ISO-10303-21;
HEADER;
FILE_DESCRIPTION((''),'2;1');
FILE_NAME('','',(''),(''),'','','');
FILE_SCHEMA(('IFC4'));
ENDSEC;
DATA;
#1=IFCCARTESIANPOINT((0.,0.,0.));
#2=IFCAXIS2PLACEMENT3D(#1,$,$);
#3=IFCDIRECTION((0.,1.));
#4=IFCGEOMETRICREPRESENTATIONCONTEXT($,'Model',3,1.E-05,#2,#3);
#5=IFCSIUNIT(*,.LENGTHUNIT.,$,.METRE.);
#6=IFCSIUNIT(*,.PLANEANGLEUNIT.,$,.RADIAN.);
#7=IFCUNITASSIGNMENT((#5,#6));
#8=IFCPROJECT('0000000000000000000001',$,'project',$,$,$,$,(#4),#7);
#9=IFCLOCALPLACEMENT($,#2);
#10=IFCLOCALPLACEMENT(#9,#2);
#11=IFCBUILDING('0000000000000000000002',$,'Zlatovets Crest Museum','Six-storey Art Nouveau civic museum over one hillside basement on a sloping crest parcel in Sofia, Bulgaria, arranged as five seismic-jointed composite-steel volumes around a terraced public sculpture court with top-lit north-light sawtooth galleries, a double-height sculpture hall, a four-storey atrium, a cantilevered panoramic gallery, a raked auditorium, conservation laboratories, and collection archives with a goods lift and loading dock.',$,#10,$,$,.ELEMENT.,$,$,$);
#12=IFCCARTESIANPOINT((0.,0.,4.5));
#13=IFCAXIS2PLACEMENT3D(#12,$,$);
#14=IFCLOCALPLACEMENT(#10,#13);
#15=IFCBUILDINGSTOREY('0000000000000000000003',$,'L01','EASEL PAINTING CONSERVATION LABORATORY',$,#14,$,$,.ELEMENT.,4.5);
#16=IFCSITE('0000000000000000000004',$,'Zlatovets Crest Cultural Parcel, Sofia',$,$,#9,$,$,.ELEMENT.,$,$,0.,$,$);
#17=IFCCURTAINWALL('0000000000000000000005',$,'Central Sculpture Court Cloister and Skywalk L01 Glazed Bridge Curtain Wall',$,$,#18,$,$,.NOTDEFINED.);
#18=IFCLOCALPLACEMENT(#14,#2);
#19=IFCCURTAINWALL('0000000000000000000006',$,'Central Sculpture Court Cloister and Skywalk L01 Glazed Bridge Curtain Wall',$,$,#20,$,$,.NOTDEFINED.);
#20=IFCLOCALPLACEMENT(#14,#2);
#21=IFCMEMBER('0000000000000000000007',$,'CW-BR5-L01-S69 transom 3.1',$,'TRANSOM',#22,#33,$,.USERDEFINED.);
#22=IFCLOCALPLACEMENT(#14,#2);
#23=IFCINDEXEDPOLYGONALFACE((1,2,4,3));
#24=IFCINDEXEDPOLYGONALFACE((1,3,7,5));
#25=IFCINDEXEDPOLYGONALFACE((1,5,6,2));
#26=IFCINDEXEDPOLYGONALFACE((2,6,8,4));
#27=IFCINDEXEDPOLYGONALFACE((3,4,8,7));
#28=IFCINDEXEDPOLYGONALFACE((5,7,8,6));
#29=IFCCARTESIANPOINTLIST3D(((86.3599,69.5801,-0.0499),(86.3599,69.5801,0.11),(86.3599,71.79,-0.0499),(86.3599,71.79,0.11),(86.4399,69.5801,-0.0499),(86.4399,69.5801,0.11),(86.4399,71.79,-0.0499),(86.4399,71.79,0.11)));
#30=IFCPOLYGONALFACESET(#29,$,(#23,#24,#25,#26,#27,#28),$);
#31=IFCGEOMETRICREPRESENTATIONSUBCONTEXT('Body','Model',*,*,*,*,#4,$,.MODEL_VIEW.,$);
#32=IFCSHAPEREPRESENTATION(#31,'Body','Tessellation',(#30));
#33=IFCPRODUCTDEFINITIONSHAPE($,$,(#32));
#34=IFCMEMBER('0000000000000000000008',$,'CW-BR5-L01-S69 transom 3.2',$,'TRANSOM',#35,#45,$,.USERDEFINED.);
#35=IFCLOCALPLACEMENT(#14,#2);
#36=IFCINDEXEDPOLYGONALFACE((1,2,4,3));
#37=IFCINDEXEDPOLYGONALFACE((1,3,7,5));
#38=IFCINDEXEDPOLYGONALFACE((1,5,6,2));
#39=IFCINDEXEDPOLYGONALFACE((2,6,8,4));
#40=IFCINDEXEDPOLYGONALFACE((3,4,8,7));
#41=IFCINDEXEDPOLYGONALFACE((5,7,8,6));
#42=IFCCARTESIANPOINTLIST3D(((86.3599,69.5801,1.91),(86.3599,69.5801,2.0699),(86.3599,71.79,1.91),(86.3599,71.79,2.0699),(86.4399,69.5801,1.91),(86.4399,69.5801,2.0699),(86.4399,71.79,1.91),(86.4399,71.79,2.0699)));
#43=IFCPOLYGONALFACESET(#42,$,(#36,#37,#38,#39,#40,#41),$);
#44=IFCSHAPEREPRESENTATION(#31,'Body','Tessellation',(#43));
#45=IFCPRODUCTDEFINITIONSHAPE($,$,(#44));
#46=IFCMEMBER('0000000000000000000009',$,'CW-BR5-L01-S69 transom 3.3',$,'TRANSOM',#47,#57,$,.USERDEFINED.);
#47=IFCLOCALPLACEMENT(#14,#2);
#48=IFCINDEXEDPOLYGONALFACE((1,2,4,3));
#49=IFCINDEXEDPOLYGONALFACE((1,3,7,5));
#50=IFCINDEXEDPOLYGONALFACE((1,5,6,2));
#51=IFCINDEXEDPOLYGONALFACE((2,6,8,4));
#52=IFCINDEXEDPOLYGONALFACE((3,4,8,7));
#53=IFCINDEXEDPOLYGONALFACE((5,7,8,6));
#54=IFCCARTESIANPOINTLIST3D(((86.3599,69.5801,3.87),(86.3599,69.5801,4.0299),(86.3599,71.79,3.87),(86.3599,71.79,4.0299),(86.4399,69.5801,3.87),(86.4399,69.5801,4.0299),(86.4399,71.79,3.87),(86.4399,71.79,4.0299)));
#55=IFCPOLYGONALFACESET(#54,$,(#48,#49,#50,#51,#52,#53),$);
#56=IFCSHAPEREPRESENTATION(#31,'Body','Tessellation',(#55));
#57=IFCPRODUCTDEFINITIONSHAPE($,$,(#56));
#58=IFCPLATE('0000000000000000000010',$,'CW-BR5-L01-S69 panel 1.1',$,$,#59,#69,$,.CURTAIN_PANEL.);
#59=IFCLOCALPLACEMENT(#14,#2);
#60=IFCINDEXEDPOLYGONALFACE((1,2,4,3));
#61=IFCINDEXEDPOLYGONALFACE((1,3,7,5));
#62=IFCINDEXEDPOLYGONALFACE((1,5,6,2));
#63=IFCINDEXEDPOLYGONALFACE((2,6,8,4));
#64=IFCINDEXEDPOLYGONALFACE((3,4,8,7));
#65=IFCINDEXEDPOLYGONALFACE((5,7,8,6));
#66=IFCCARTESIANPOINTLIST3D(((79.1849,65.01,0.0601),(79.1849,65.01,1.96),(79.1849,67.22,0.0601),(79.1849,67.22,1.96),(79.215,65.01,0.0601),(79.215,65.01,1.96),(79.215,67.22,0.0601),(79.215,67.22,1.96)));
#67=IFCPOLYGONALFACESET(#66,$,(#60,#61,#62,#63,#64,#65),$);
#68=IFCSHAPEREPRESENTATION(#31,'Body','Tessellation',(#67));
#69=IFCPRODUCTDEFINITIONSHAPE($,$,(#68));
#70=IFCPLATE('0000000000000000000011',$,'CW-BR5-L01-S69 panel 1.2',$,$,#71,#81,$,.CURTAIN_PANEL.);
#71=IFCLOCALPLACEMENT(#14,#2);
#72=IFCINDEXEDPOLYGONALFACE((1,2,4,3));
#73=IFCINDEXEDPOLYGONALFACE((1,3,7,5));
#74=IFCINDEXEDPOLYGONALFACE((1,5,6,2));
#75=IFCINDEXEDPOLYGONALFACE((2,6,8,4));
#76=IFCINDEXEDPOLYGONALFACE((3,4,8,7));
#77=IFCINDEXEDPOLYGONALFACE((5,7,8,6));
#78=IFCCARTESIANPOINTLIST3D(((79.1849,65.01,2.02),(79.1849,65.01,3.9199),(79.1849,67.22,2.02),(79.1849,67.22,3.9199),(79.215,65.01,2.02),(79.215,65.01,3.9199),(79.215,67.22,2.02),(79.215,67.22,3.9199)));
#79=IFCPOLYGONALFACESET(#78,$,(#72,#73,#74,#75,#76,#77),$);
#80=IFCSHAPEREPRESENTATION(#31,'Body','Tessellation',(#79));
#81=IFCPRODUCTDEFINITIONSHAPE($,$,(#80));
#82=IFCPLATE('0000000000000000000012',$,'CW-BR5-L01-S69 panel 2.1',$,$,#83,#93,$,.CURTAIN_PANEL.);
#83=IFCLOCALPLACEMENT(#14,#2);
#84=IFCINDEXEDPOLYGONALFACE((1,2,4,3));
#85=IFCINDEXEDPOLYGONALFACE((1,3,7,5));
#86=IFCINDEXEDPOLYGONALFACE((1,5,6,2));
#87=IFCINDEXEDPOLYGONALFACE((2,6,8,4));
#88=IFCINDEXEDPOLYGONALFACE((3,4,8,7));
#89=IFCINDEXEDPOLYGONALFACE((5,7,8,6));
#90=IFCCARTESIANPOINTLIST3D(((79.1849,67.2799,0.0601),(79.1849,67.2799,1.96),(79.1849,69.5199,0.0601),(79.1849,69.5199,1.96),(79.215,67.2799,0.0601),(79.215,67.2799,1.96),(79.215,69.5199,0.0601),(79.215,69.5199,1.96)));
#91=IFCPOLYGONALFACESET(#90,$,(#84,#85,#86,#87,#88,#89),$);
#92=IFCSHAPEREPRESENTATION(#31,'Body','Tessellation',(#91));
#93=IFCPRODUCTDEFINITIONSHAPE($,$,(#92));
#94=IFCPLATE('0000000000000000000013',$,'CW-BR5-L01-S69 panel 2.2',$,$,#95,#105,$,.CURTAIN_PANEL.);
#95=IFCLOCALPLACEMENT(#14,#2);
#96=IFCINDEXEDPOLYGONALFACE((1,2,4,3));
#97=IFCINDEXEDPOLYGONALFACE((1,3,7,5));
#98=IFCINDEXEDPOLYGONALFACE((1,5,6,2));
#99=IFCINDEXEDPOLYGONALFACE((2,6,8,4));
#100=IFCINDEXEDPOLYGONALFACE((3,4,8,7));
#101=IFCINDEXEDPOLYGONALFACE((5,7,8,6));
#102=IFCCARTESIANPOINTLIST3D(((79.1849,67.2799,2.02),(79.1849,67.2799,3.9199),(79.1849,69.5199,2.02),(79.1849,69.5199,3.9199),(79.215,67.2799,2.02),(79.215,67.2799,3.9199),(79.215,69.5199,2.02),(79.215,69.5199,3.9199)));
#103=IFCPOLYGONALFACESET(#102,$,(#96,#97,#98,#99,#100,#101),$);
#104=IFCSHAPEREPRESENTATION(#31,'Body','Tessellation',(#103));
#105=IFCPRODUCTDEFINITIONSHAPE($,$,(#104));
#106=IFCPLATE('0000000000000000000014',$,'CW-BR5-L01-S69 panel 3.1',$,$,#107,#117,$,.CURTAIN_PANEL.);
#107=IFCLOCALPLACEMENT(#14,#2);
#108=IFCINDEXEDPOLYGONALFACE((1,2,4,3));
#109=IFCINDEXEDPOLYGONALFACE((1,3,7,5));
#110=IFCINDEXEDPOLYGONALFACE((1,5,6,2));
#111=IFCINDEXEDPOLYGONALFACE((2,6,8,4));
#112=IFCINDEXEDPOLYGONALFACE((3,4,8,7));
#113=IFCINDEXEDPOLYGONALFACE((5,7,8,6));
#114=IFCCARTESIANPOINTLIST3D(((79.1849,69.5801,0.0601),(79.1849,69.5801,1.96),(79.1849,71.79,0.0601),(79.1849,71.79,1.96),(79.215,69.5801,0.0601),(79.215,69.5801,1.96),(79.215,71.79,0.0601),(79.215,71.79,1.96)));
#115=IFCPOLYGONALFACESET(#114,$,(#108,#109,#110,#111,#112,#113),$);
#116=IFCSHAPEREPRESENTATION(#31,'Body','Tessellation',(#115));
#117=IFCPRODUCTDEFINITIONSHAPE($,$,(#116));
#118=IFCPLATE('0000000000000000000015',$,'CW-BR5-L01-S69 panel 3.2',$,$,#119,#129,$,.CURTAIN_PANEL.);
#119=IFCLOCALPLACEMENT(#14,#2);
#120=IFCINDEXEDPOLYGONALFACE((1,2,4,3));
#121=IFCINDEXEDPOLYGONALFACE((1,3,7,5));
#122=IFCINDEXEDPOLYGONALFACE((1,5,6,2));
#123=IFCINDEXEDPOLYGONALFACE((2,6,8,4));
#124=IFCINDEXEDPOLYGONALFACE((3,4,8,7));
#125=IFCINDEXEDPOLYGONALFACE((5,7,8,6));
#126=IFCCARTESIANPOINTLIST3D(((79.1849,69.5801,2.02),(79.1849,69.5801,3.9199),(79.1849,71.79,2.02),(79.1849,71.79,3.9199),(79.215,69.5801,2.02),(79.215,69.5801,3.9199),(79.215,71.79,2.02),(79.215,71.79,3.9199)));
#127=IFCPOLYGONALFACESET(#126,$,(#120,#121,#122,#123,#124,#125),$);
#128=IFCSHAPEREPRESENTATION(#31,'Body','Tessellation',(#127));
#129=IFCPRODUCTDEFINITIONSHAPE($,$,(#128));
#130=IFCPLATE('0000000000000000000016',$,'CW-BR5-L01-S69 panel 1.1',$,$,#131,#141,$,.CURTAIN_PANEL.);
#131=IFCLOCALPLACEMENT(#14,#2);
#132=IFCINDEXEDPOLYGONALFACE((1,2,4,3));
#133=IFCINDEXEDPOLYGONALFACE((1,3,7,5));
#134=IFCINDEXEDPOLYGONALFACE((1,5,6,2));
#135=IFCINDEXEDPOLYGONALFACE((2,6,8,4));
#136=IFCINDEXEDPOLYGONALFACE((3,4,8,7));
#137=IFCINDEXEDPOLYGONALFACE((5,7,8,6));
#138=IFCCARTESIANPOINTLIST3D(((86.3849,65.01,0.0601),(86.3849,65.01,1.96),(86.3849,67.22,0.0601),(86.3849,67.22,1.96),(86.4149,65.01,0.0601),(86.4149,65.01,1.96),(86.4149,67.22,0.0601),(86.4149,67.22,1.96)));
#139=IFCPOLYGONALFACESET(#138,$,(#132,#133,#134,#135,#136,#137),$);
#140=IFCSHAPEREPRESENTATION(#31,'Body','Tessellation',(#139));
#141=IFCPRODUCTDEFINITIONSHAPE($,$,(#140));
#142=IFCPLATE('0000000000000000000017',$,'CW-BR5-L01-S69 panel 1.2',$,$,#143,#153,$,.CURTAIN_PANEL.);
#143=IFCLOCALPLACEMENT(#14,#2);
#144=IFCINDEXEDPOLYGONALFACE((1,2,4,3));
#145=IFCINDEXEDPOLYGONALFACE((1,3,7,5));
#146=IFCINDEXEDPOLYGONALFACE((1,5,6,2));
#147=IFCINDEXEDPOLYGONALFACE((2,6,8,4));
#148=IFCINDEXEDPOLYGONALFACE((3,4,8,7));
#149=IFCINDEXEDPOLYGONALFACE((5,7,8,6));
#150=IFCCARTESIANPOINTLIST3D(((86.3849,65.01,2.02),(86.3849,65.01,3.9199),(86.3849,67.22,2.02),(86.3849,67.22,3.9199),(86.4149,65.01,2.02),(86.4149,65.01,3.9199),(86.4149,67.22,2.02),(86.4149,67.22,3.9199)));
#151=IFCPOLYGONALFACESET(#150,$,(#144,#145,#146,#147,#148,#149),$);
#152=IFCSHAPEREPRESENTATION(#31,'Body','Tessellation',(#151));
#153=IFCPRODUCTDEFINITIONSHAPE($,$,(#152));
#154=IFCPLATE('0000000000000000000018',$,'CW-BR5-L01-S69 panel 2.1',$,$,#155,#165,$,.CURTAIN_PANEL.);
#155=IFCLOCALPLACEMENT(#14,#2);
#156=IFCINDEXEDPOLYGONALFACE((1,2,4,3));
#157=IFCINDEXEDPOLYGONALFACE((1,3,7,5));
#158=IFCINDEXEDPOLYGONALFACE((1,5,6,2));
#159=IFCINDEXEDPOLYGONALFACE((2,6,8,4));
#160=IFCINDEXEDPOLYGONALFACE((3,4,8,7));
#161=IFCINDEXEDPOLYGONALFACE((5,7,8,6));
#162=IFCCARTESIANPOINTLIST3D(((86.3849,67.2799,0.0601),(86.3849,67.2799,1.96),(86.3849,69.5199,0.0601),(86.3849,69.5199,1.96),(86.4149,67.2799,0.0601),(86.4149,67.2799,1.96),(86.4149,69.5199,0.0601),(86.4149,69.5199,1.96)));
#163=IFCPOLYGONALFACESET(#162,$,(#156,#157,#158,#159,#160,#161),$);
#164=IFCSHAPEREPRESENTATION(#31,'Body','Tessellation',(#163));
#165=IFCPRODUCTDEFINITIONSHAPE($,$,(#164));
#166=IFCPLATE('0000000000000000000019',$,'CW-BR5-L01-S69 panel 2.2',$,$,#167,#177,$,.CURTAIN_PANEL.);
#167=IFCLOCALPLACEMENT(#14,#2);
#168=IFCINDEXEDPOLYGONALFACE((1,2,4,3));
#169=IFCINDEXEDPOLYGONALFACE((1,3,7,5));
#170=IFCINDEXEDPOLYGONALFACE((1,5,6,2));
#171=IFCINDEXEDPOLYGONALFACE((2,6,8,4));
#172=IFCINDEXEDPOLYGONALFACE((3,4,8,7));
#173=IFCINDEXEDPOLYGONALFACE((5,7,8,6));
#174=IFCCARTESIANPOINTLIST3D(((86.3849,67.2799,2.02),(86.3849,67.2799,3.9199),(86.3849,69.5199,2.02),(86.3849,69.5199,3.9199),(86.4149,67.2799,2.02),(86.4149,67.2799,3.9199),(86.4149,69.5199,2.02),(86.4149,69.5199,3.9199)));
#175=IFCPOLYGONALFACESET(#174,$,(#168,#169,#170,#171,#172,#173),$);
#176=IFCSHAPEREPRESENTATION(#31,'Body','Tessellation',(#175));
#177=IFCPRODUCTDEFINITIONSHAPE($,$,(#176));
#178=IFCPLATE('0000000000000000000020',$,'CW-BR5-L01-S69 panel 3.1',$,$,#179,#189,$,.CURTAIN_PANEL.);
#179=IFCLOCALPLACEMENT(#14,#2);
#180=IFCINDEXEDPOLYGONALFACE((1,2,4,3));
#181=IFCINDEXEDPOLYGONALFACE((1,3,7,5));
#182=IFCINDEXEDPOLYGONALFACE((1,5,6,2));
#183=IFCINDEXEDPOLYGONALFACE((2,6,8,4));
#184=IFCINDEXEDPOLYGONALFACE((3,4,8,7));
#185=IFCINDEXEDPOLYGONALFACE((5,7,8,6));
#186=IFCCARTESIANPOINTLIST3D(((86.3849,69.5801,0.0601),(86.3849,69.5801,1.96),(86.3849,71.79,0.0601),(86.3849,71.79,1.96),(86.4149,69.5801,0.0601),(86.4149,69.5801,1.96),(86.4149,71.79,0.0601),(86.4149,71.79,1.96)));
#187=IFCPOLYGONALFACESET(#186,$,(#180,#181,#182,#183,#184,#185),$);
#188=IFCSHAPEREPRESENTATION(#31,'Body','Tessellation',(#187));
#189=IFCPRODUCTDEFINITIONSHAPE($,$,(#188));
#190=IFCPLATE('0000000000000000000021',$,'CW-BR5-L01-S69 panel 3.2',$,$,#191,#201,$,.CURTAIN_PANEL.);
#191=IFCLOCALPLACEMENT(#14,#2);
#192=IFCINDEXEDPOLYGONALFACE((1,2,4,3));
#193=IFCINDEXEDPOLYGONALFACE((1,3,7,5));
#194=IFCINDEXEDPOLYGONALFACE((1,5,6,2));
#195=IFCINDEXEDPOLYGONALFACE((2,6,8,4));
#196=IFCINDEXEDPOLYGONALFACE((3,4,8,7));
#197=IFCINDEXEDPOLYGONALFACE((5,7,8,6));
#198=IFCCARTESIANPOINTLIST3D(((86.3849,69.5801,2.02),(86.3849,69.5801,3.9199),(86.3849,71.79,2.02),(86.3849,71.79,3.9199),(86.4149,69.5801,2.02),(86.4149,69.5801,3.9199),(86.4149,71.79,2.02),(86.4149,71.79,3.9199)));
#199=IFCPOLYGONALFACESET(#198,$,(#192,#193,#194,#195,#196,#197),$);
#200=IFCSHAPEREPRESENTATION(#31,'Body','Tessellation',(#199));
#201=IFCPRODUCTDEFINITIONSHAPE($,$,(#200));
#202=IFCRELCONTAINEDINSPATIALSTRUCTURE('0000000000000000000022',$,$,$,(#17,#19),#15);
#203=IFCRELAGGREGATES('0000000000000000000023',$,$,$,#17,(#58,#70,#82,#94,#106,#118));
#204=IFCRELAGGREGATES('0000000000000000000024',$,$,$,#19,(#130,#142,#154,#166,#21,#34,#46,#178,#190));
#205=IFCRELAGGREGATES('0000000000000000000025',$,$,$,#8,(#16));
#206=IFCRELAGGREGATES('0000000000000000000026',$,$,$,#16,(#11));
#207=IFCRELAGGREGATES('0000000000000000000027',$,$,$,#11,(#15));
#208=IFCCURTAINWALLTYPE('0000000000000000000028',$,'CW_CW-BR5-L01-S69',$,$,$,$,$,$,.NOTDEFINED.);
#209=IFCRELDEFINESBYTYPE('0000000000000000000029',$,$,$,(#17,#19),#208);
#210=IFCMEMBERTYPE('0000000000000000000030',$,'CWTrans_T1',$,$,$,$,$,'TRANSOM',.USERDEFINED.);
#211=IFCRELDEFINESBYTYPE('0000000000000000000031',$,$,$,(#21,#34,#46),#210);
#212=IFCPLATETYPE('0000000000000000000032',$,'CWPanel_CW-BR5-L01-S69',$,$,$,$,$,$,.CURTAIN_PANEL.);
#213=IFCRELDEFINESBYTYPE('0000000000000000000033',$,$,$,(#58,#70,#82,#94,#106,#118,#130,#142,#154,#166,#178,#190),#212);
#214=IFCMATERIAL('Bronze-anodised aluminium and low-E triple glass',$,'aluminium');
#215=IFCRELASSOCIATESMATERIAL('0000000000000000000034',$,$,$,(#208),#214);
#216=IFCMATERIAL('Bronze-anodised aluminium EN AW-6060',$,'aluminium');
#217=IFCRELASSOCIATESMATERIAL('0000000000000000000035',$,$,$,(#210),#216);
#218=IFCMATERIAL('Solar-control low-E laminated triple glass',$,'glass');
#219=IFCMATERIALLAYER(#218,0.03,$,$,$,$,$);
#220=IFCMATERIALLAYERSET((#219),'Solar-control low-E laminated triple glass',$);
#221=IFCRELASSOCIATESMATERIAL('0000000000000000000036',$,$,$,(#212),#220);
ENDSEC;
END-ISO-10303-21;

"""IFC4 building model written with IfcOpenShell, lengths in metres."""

from ifc_helpers import new_model, si_unit, direction, frame, origin, origin_2d, place, context, subcontext, project, spatial, rectangle, extrude, material, layer, layer_set, material_profile, profile_set, type_object, element, aggregate, save


model = new_model("IFC4")

# Units and contexts
model_context = context("Model", 3, precision=1e-05, world=origin(), true_north=direction((0.0, 1.0)))
body_context = subcontext(model_context, "Body", "Model", "MODEL_VIEW")
ifc_project = project(units=[si_unit("LENGTHUNIT", "METRE"), si_unit("PLANEANGLEUNIT", "RADIAN")], contexts=[model_context])

# Site, building, storey
site_placement = place(None, origin())
site = spatial("IfcSite", under=ifc_project, at=site_placement, Name="Zlatovets Crest Cultural Parcel, Sofia", CompositionType="ELEMENT", RefElevation=0.0)
building_placement = place(site_placement, origin())
building = spatial("IfcBuilding", under=site, at=building_placement, Name="Zlatovets Crest Museum", Description="Six-storey Art Nouveau civic museum over one hillside basement on a sloping crest parcel in Sofia, Bulgaria, arranged as five seismic-jointed composite-steel volumes around a terraced public sculpture court with top-lit north-light sawtooth galleries, a double-height sculpture hall, a four-storey atrium, a cantilevered panoramic gallery, a raked auditorium, conservation laboratories, and collection archives with a goods lift and loading dock.", CompositionType="ELEMENT")
storey_placement = place(building_placement, frame((0.0, 0.0, 4.5)))
storey = spatial("IfcBuildingStorey", under=building, at=storey_placement, Name="L01", Description="EASEL PAINTING CONSERVATION LABORATORY", CompositionType="ELEMENT", Elevation=4.5)

# Curtain wall
ifc_material_1 = material(Name="Bronze-anodised aluminium and low-E triple glass", Category="aluminium")
curtain_wall_type = type_object("IfcCurtainWallType", Name="CW_CW-BR5-L01-S69", PredefinedType="NOTDEFINED", material=ifc_material_1)
curtain_wall_1_placement = place(storey_placement, origin())
curtain_wall_1 = element("IfcCurtainWall", 1, at=curtain_wall_1_placement, inside=storey, type_object=curtain_wall_type, Name="Central Sculpture Court Cloister and Skywalk L01 Glazed Bridge Curtain Wall", PredefinedType="NOTDEFINED")
ifc_material_2 = material(Name="Bronze-anodised aluminium EN AW-6060", Category="aluminium")

# Curtain wall
curtain_wall_2_placement = place(storey_placement, origin())
curtain_wall_2 = element("IfcCurtainWall", 2, at=curtain_wall_2_placement, inside=storey, type_object=curtain_wall_type, Name="Central Sculpture Court Cloister and Skywalk L01 Glazed Bridge Curtain Wall", PredefinedType="NOTDEFINED")

# Members
ifc_material_profile_1 = material_profile(ifc_material_2, rectangle(XDim=0.0801, YDim=0.1599, at=origin_2d()), Name="ALU 80x160")
ifc_profile_set_1 = profile_set([ifc_material_profile_1], Name="Bronze-anodised aluminium EN AW-6060")
member_type_1 = type_object("IfcMemberType", Name="CWTrans_T1", ElementType="TRANSOM", PredefinedType="USERDEFINED", material=ifc_profile_set_1)
member_1_placement = place(storey_placement, frame((86.3999, 69.5801, 0.03), z_axis=(0.0, 1.0, 0.0), x_axis=(-1.0, 0.0, 0.0)))
member_1 = element("IfcMember", 3, at=member_1_placement, type_object=member_type_1, Name="CW-BR5-L01-S69 transom 3.1", ObjectType="TRANSOM", PredefinedType="USERDEFINED", context=body_context, shape_type="SweptSolid", body=[
    extrude(rectangle(XDim=0.0801, YDim=0.1599, at=origin_2d()), origin(), (0.0, 0.0, 1.0), 2.21),
])
member_2_placement = place(storey_placement, frame((86.3999, 69.5801, 1.99), z_axis=(0.0, 1.0, 0.0), x_axis=(-1.0, 0.0, 0.0)))
member_2 = element("IfcMember", 4, at=member_2_placement, type_object=member_type_1, Name="CW-BR5-L01-S69 transom 3.2", ObjectType="TRANSOM", PredefinedType="USERDEFINED", context=body_context, shape_type="SweptSolid", body=[
    extrude(rectangle(XDim=0.0801, YDim=0.1599, at=origin_2d()), origin(), (0.0, 0.0, 1.0), 2.21),
])
member_3_placement = place(storey_placement, frame((86.3999, 69.5801, 3.95), z_axis=(0.0, 1.0, 0.0), x_axis=(-1.0, 0.0, 0.0)))
member_3 = element("IfcMember", 5, at=member_3_placement, type_object=member_type_1, Name="CW-BR5-L01-S69 transom 3.3", ObjectType="TRANSOM", PredefinedType="USERDEFINED", context=body_context, shape_type="SweptSolid", body=[
    extrude(rectangle(XDim=0.0801, YDim=0.1599, at=origin_2d()), origin(), (0.0, 0.0, 1.0), 2.21),
])

# Plates
ifc_material_3 = material(Name="Solar-control low-E laminated triple glass", Category="glass")
ifc_layer = layer(ifc_material_3, 0.03)
ifc_layer_set = layer_set([ifc_layer], Name="Solar-control low-E laminated triple glass")
plate_type = type_object("IfcPlateType", Name="CWPanel_CW-BR5-L01-S69", PredefinedType="CURTAIN_PANEL", material=ifc_layer_set)
plate_1_placement = place(storey_placement, frame((79.2, 66.115, 0.0601), z_axis=(0.0, 0.0, 1.0), x_axis=(0.0, 1.0, 0.0)))
plate_1 = element("IfcPlate", 6, at=plate_1_placement, type_object=plate_type, Name="CW-BR5-L01-S69 panel 1.1", PredefinedType="CURTAIN_PANEL", context=body_context, shape_type="SweptSolid", body=[
    extrude(rectangle(XDim=2.21, YDim=0.03, at=origin_2d()), origin(), (0.0, 0.0, 1.0), 1.8999),
])
plate_2_placement = place(storey_placement, frame((79.2, 66.115, 2.02), z_axis=(0.0, 0.0, 1.0), x_axis=(0.0, 1.0, 0.0)))
plate_2 = element("IfcPlate", 7, at=plate_2_placement, type_object=plate_type, Name="CW-BR5-L01-S69 panel 1.2", PredefinedType="CURTAIN_PANEL", context=body_context, shape_type="SweptSolid", body=[
    extrude(rectangle(XDim=2.21, YDim=0.03, at=origin_2d()), origin(), (0.0, 0.0, 1.0), 1.8999),
])
plate_3_placement = place(storey_placement, frame((79.2, 68.3999, 0.0601), z_axis=(0.0, 0.0, 1.0), x_axis=(0.0, 1.0, 0.0)))
plate_3 = element("IfcPlate", 8, at=plate_3_placement, type_object=plate_type, Name="CW-BR5-L01-S69 panel 2.1", PredefinedType="CURTAIN_PANEL", context=body_context, shape_type="SweptSolid", body=[
    extrude(rectangle(XDim=2.24, YDim=0.03, at=origin_2d()), origin(), (0.0, 0.0, 1.0), 1.8999),
])
plate_4_placement = place(storey_placement, frame((79.2, 68.3999, 2.02), z_axis=(0.0, 0.0, 1.0), x_axis=(0.0, 1.0, 0.0)))
plate_4 = element("IfcPlate", 9, at=plate_4_placement, type_object=plate_type, Name="CW-BR5-L01-S69 panel 2.2", PredefinedType="CURTAIN_PANEL", context=body_context, shape_type="SweptSolid", body=[
    extrude(rectangle(XDim=2.24, YDim=0.03, at=origin_2d()), origin(), (0.0, 0.0, 1.0), 1.8999),
])
plate_5_placement = place(storey_placement, frame((79.2, 70.6851, 0.0601), z_axis=(0.0, 0.0, 1.0), x_axis=(0.0, 1.0, 0.0)))
plate_5 = element("IfcPlate", 10, at=plate_5_placement, type_object=plate_type, Name="CW-BR5-L01-S69 panel 3.1", PredefinedType="CURTAIN_PANEL", context=body_context, shape_type="SweptSolid", body=[
    extrude(rectangle(XDim=2.21, YDim=0.03, at=origin_2d()), origin(), (0.0, 0.0, 1.0), 1.8999),
])
plate_6_placement = place(storey_placement, frame((79.2, 70.6851, 2.02), z_axis=(0.0, 0.0, 1.0), x_axis=(0.0, 1.0, 0.0)))
plate_6 = element("IfcPlate", 11, at=plate_6_placement, type_object=plate_type, Name="CW-BR5-L01-S69 panel 3.2", PredefinedType="CURTAIN_PANEL", context=body_context, shape_type="SweptSolid", body=[
    extrude(rectangle(XDim=2.21, YDim=0.03, at=origin_2d()), origin(), (0.0, 0.0, 1.0), 1.8999),
])
aggregate(curtain_wall_1, [plate_1, plate_2, plate_3, plate_4, plate_5, plate_6])
plate_7_placement = place(storey_placement, frame((86.3999, 66.115, 0.0601), z_axis=(0.0, 0.0, 1.0), x_axis=(0.0, 1.0, 0.0)))
plate_7 = element("IfcPlate", 12, at=plate_7_placement, type_object=plate_type, Name="CW-BR5-L01-S69 panel 1.1", PredefinedType="CURTAIN_PANEL", context=body_context, shape_type="SweptSolid", body=[
    extrude(rectangle(XDim=2.21, YDim=0.03, at=origin_2d()), origin(), (0.0, 0.0, 1.0), 1.8999),
])
plate_8_placement = place(storey_placement, frame((86.3999, 66.115, 2.02), z_axis=(0.0, 0.0, 1.0), x_axis=(0.0, 1.0, 0.0)))
plate_8 = element("IfcPlate", 13, at=plate_8_placement, type_object=plate_type, Name="CW-BR5-L01-S69 panel 1.2", PredefinedType="CURTAIN_PANEL", context=body_context, shape_type="SweptSolid", body=[
    extrude(rectangle(XDim=2.21, YDim=0.03, at=origin_2d()), origin(), (0.0, 0.0, 1.0), 1.8999),
])
plate_9_placement = place(storey_placement, frame((86.3999, 68.3999, 0.0601), z_axis=(0.0, 0.0, 1.0), x_axis=(0.0, 1.0, 0.0)))
plate_9 = element("IfcPlate", 14, at=plate_9_placement, type_object=plate_type, Name="CW-BR5-L01-S69 panel 2.1", PredefinedType="CURTAIN_PANEL", context=body_context, shape_type="SweptSolid", body=[
    extrude(rectangle(XDim=2.24, YDim=0.03, at=origin_2d()), origin(), (0.0, 0.0, 1.0), 1.8999),
])
plate_10_placement = place(storey_placement, frame((86.3999, 68.3999, 2.02), z_axis=(0.0, 0.0, 1.0), x_axis=(0.0, 1.0, 0.0)))
plate_10 = element("IfcPlate", 15, at=plate_10_placement, type_object=plate_type, Name="CW-BR5-L01-S69 panel 2.2", PredefinedType="CURTAIN_PANEL", context=body_context, shape_type="SweptSolid", body=[
    extrude(rectangle(XDim=2.24, YDim=0.03, at=origin_2d()), origin(), (0.0, 0.0, 1.0), 1.8999),
])
plate_11_placement = place(storey_placement, frame((86.3999, 70.6851, 0.0601), z_axis=(0.0, 0.0, 1.0), x_axis=(0.0, 1.0, 0.0)))
plate_11 = element("IfcPlate", 16, at=plate_11_placement, type_object=plate_type, Name="CW-BR5-L01-S69 panel 3.1", PredefinedType="CURTAIN_PANEL", context=body_context, shape_type="SweptSolid", body=[
    extrude(rectangle(XDim=2.21, YDim=0.03, at=origin_2d()), origin(), (0.0, 0.0, 1.0), 1.8999),
])
plate_12_placement = place(storey_placement, frame((86.3999, 70.6851, 2.02), z_axis=(0.0, 0.0, 1.0), x_axis=(0.0, 1.0, 0.0)))
plate_12 = element("IfcPlate", 17, at=plate_12_placement, type_object=plate_type, Name="CW-BR5-L01-S69 panel 3.2", PredefinedType="CURTAIN_PANEL", context=body_context, shape_type="SweptSolid", body=[
    extrude(rectangle(XDim=2.21, YDim=0.03, at=origin_2d()), origin(), (0.0, 0.0, 1.0), 1.8999),
])
aggregate(curtain_wall_2, [plate_7, plate_8, plate_9, plate_10, member_1, member_2, member_3, plate_11, plate_12])

save(model, "model.ifc")
